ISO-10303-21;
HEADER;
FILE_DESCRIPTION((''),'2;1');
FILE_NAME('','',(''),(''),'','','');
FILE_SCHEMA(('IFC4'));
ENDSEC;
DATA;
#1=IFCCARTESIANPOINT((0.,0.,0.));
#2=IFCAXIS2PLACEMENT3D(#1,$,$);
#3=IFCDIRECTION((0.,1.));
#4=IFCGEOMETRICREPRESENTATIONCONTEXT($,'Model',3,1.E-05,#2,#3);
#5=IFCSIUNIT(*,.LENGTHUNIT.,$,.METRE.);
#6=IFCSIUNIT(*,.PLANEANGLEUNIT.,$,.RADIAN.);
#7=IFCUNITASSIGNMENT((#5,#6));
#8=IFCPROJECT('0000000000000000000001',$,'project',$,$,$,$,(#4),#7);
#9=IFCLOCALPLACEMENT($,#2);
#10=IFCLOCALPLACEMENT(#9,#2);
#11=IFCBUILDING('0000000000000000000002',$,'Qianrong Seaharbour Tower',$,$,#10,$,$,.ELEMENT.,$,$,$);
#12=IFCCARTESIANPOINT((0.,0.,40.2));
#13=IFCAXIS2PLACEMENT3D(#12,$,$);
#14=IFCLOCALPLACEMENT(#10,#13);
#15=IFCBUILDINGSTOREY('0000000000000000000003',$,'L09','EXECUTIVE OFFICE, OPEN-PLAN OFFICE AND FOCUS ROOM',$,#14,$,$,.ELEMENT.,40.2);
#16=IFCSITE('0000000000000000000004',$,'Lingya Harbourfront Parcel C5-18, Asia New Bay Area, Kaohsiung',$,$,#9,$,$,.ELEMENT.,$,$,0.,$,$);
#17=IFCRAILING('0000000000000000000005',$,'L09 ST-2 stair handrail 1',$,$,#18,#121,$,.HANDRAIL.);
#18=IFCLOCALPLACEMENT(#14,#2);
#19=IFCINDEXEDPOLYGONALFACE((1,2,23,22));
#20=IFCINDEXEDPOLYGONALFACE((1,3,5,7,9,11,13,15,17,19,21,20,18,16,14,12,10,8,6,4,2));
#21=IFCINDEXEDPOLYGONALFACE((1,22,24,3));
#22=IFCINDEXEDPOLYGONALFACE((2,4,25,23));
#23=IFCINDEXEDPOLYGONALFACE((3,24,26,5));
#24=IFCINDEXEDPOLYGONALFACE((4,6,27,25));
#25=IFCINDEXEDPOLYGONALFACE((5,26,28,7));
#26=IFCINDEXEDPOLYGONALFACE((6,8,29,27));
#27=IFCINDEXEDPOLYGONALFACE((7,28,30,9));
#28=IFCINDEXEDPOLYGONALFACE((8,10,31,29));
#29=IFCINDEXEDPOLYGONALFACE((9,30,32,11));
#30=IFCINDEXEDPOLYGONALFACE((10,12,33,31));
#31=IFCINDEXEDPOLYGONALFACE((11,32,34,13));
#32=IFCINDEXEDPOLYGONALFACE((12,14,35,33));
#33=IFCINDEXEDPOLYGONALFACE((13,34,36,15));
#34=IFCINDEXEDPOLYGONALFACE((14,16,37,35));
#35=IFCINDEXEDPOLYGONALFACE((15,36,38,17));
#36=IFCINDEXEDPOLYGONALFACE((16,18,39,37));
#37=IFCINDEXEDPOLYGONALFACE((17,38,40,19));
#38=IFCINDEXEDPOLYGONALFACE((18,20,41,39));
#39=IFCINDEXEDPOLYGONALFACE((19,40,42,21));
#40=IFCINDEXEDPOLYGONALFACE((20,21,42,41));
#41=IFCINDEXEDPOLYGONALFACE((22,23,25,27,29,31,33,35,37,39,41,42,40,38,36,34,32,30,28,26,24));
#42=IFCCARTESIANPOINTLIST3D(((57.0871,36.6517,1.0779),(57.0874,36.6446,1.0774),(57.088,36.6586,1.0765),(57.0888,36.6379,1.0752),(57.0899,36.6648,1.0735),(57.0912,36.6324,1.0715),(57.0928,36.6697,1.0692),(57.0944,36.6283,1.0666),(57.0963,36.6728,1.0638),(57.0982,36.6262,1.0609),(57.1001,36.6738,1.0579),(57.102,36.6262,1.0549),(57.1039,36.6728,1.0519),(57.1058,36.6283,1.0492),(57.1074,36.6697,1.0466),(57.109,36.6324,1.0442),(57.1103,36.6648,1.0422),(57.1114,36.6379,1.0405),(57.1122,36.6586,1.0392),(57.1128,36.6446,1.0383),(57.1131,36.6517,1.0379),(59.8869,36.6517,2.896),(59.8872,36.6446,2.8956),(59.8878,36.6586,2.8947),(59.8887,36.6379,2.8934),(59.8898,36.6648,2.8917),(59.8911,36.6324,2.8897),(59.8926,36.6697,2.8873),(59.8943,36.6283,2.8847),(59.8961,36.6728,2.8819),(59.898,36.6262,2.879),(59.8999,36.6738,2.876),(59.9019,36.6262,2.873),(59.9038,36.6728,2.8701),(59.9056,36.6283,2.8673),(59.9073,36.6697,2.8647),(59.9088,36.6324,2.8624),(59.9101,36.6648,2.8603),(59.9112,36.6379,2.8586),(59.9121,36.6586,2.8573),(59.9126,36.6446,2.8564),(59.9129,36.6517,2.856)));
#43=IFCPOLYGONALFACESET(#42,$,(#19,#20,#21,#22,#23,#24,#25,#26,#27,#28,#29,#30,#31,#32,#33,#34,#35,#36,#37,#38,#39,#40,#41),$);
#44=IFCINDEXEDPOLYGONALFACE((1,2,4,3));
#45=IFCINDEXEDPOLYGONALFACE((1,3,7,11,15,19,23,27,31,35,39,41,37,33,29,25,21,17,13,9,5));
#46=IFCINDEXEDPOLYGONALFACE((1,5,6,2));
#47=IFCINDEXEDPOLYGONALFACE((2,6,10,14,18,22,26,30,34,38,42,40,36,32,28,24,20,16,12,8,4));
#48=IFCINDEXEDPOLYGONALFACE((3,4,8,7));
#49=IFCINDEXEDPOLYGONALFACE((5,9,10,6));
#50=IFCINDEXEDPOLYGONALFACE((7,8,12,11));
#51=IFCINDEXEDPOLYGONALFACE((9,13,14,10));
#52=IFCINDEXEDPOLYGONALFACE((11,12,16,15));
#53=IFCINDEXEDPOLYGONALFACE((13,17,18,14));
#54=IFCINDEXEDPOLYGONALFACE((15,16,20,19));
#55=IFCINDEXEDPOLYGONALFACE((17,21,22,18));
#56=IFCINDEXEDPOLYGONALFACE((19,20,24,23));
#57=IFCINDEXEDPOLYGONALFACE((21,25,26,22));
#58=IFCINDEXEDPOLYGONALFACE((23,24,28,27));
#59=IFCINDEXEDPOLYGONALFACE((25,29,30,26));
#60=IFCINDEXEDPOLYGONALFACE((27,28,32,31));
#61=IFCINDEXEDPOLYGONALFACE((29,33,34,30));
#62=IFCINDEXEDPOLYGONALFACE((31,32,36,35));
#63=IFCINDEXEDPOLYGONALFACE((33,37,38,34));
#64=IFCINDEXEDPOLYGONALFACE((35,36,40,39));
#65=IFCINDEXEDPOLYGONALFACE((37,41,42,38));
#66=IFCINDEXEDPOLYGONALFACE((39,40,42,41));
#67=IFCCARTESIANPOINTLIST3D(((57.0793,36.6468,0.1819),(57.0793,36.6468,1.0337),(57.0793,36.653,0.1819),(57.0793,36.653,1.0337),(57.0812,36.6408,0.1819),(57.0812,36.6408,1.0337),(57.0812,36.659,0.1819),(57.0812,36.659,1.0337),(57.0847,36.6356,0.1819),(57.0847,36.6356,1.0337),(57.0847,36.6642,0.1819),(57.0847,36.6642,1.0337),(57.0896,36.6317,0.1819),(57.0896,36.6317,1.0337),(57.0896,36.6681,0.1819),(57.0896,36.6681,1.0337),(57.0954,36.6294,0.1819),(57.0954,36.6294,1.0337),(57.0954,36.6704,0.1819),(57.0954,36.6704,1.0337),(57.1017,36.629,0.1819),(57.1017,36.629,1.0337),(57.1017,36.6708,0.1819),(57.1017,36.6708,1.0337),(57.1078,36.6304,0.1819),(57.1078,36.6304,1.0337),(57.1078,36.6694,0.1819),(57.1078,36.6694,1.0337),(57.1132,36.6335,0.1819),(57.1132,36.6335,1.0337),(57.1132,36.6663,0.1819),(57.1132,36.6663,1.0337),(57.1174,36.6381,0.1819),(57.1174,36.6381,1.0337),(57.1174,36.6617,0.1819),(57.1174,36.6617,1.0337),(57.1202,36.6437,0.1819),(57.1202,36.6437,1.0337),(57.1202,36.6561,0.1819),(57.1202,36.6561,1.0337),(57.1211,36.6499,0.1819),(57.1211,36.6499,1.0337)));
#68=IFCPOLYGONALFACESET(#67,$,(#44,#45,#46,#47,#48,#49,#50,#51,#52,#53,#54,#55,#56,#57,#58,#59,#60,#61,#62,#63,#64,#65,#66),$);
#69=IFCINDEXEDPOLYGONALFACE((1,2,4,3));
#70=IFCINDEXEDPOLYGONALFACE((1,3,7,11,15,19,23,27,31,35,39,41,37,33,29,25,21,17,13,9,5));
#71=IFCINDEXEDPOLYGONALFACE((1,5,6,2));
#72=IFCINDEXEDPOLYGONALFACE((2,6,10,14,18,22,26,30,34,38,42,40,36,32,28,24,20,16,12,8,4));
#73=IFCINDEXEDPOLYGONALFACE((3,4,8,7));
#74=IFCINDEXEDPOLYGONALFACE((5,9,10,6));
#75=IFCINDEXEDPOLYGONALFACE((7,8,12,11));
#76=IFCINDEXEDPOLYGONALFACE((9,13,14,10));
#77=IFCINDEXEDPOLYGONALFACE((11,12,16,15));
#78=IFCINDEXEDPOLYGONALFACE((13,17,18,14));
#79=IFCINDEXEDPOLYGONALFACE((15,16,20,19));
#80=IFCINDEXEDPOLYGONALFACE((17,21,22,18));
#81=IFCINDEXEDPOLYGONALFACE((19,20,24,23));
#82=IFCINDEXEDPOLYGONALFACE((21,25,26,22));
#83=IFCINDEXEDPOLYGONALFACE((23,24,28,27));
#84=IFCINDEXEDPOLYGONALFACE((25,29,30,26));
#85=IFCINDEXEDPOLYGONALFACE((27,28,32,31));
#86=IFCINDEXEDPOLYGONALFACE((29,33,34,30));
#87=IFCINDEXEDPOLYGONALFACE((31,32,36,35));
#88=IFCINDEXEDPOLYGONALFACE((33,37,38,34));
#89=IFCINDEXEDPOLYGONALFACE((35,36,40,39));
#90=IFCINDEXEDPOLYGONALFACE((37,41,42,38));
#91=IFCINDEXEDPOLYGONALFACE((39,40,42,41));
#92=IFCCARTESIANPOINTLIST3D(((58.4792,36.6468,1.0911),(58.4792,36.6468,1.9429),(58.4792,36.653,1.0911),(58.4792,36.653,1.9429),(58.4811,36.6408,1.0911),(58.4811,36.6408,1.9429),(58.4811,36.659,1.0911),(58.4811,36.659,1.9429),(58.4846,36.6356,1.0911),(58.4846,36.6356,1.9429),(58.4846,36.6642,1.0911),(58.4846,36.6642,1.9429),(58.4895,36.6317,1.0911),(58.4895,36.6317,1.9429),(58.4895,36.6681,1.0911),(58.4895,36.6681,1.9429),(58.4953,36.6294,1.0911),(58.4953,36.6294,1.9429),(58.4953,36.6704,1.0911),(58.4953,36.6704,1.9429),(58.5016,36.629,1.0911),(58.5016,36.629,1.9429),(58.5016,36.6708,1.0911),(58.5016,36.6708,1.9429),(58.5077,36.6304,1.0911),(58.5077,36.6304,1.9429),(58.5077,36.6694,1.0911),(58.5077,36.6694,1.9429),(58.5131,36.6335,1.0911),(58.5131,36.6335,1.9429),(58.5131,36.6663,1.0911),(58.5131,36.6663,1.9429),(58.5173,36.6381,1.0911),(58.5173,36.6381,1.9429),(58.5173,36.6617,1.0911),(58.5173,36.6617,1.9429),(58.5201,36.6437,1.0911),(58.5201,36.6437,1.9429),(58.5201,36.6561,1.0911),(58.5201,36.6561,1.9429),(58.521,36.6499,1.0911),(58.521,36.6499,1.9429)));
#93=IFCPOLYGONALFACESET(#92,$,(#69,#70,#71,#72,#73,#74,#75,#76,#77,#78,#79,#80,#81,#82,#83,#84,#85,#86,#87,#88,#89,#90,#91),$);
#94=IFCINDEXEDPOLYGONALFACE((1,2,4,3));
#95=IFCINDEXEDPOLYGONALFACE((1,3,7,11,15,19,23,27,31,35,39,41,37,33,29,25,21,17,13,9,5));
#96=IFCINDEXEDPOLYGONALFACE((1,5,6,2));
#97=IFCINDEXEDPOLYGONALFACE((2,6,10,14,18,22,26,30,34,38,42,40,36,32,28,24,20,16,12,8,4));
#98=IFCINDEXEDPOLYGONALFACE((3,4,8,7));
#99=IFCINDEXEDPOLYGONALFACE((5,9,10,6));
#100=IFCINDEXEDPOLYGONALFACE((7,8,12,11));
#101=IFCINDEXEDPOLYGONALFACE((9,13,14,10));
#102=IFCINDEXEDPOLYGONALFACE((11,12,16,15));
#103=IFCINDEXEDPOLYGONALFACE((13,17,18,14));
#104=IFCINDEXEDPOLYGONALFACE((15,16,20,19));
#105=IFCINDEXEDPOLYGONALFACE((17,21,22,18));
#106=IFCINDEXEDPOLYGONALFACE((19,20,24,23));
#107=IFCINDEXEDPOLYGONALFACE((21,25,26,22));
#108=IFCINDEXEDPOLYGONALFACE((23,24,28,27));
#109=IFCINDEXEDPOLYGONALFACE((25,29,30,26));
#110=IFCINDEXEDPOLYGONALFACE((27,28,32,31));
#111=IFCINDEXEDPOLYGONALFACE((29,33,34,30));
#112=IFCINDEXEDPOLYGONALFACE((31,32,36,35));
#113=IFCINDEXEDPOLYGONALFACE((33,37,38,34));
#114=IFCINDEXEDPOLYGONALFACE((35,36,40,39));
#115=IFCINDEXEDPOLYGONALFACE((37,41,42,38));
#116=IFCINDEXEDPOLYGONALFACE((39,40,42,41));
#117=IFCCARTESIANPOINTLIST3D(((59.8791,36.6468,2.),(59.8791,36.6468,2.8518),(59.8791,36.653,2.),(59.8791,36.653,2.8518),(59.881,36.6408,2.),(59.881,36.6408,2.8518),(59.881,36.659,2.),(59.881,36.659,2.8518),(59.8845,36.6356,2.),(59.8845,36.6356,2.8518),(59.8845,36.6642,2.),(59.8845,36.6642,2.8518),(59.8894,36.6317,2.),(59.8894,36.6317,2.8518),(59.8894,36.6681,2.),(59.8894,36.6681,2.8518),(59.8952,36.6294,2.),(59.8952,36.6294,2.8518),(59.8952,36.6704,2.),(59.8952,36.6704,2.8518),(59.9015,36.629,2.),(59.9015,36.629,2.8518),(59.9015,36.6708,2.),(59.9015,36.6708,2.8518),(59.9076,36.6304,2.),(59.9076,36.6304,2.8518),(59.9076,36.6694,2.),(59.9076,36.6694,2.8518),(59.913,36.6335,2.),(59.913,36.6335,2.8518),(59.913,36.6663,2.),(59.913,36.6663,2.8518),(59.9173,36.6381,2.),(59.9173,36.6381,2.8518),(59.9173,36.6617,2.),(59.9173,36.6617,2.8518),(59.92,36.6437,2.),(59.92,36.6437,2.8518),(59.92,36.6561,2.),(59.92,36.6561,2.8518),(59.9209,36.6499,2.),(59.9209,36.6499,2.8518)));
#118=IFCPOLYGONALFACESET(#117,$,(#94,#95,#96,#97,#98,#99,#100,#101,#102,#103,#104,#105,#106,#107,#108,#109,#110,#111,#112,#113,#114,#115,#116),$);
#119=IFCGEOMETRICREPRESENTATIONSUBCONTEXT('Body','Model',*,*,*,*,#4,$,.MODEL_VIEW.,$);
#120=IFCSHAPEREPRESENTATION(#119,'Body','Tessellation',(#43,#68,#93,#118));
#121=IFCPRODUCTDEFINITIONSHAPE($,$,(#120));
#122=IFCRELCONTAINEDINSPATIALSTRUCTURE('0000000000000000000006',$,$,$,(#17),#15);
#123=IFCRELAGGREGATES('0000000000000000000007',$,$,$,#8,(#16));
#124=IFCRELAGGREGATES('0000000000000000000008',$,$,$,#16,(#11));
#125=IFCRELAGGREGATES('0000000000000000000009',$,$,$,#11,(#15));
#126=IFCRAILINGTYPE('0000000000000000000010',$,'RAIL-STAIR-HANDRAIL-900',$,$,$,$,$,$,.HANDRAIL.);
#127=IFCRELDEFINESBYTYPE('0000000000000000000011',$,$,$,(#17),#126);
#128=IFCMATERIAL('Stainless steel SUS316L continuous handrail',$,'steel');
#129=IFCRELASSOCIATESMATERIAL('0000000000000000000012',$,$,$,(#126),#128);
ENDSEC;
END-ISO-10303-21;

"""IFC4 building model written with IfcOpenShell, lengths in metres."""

from ifc_helpers import new_model, si_unit, direction, frame, origin, origin_2d, place, context, subcontext, project, spatial, circle, extrude, material, type_object, element, save


model = new_model("IFC4")

# Units and contexts
model_context = context("Model", 3, precision=1e-05, world=origin(), true_north=direction((0.0, 1.0)))
body_context = subcontext(model_context, "Body", "Model", "MODEL_VIEW")
ifc_project = project(units=[si_unit("LENGTHUNIT", "METRE"), si_unit("PLANEANGLEUNIT", "RADIAN")], contexts=[model_context])

# Site, building, storey
site_placement = place(None, origin())
site = spatial("IfcSite", under=ifc_project, at=site_placement, Name="Lingya Harbourfront Parcel C5-18, Asia New Bay Area, Kaohsiung", CompositionType="ELEMENT", RefElevation=0.0)
building_placement = place(site_placement, origin())
building = spatial("IfcBuilding", under=site, at=building_placement, Name="Qianrong Seaharbour Tower", CompositionType="ELEMENT")
storey_placement = place(building_placement, frame((0.0, 0.0, 40.2)))
storey = spatial("IfcBuildingStorey", under=building, at=storey_placement, Name="L09", Description="EXECUTIVE OFFICE, OPEN-PLAN OFFICE AND FOCUS ROOM", CompositionType="ELEMENT", Elevation=40.2)

# Railing
ifc_material_1 = material(Name="Stainless steel SUS316L continuous handrail", Category="steel")
railing_type_1 = type_object("IfcRailingType", Name="RAIL-STAIR-HANDRAIL-900", PredefinedType="HANDRAIL", material=ifc_material_1)
railing_1_placement = place(storey_placement, frame((57.1001, 36.6499, 0.1819)))
element("IfcRailing", 1, at=railing_1_placement, inside=storey, type_object=railing_type_1, Name="L09 ST-2 stair handrail 1", PredefinedType="HANDRAIL", context=body_context, shape_type="SweptSolid", body=[
    extrude(circle(Radius=0.0239, at=origin_2d()), frame((0.0, 0.0, 0.876), z_axis=(0.838684, 0.0, 0.544618), x_axis=(0.0, 1.0, 0.0)), (0.0, 0.0, 1.0), 3.3384),
    extrude(circle(Radius=0.021, at=origin_2d()), origin(), (0.0, 0.0, 1.0), 0.8518),
    extrude(circle(Radius=0.021, at=origin_2d()), frame((1.3999, 0.0, 0.9092)), (0.0, 0.0, 1.0), 0.8518),
    extrude(circle(Radius=0.021, at=origin_2d()), frame((2.7998, 0.0, 1.8181)), (0.0, 0.0, 1.0), 0.8518),
])

save(model, "model.ifc")
